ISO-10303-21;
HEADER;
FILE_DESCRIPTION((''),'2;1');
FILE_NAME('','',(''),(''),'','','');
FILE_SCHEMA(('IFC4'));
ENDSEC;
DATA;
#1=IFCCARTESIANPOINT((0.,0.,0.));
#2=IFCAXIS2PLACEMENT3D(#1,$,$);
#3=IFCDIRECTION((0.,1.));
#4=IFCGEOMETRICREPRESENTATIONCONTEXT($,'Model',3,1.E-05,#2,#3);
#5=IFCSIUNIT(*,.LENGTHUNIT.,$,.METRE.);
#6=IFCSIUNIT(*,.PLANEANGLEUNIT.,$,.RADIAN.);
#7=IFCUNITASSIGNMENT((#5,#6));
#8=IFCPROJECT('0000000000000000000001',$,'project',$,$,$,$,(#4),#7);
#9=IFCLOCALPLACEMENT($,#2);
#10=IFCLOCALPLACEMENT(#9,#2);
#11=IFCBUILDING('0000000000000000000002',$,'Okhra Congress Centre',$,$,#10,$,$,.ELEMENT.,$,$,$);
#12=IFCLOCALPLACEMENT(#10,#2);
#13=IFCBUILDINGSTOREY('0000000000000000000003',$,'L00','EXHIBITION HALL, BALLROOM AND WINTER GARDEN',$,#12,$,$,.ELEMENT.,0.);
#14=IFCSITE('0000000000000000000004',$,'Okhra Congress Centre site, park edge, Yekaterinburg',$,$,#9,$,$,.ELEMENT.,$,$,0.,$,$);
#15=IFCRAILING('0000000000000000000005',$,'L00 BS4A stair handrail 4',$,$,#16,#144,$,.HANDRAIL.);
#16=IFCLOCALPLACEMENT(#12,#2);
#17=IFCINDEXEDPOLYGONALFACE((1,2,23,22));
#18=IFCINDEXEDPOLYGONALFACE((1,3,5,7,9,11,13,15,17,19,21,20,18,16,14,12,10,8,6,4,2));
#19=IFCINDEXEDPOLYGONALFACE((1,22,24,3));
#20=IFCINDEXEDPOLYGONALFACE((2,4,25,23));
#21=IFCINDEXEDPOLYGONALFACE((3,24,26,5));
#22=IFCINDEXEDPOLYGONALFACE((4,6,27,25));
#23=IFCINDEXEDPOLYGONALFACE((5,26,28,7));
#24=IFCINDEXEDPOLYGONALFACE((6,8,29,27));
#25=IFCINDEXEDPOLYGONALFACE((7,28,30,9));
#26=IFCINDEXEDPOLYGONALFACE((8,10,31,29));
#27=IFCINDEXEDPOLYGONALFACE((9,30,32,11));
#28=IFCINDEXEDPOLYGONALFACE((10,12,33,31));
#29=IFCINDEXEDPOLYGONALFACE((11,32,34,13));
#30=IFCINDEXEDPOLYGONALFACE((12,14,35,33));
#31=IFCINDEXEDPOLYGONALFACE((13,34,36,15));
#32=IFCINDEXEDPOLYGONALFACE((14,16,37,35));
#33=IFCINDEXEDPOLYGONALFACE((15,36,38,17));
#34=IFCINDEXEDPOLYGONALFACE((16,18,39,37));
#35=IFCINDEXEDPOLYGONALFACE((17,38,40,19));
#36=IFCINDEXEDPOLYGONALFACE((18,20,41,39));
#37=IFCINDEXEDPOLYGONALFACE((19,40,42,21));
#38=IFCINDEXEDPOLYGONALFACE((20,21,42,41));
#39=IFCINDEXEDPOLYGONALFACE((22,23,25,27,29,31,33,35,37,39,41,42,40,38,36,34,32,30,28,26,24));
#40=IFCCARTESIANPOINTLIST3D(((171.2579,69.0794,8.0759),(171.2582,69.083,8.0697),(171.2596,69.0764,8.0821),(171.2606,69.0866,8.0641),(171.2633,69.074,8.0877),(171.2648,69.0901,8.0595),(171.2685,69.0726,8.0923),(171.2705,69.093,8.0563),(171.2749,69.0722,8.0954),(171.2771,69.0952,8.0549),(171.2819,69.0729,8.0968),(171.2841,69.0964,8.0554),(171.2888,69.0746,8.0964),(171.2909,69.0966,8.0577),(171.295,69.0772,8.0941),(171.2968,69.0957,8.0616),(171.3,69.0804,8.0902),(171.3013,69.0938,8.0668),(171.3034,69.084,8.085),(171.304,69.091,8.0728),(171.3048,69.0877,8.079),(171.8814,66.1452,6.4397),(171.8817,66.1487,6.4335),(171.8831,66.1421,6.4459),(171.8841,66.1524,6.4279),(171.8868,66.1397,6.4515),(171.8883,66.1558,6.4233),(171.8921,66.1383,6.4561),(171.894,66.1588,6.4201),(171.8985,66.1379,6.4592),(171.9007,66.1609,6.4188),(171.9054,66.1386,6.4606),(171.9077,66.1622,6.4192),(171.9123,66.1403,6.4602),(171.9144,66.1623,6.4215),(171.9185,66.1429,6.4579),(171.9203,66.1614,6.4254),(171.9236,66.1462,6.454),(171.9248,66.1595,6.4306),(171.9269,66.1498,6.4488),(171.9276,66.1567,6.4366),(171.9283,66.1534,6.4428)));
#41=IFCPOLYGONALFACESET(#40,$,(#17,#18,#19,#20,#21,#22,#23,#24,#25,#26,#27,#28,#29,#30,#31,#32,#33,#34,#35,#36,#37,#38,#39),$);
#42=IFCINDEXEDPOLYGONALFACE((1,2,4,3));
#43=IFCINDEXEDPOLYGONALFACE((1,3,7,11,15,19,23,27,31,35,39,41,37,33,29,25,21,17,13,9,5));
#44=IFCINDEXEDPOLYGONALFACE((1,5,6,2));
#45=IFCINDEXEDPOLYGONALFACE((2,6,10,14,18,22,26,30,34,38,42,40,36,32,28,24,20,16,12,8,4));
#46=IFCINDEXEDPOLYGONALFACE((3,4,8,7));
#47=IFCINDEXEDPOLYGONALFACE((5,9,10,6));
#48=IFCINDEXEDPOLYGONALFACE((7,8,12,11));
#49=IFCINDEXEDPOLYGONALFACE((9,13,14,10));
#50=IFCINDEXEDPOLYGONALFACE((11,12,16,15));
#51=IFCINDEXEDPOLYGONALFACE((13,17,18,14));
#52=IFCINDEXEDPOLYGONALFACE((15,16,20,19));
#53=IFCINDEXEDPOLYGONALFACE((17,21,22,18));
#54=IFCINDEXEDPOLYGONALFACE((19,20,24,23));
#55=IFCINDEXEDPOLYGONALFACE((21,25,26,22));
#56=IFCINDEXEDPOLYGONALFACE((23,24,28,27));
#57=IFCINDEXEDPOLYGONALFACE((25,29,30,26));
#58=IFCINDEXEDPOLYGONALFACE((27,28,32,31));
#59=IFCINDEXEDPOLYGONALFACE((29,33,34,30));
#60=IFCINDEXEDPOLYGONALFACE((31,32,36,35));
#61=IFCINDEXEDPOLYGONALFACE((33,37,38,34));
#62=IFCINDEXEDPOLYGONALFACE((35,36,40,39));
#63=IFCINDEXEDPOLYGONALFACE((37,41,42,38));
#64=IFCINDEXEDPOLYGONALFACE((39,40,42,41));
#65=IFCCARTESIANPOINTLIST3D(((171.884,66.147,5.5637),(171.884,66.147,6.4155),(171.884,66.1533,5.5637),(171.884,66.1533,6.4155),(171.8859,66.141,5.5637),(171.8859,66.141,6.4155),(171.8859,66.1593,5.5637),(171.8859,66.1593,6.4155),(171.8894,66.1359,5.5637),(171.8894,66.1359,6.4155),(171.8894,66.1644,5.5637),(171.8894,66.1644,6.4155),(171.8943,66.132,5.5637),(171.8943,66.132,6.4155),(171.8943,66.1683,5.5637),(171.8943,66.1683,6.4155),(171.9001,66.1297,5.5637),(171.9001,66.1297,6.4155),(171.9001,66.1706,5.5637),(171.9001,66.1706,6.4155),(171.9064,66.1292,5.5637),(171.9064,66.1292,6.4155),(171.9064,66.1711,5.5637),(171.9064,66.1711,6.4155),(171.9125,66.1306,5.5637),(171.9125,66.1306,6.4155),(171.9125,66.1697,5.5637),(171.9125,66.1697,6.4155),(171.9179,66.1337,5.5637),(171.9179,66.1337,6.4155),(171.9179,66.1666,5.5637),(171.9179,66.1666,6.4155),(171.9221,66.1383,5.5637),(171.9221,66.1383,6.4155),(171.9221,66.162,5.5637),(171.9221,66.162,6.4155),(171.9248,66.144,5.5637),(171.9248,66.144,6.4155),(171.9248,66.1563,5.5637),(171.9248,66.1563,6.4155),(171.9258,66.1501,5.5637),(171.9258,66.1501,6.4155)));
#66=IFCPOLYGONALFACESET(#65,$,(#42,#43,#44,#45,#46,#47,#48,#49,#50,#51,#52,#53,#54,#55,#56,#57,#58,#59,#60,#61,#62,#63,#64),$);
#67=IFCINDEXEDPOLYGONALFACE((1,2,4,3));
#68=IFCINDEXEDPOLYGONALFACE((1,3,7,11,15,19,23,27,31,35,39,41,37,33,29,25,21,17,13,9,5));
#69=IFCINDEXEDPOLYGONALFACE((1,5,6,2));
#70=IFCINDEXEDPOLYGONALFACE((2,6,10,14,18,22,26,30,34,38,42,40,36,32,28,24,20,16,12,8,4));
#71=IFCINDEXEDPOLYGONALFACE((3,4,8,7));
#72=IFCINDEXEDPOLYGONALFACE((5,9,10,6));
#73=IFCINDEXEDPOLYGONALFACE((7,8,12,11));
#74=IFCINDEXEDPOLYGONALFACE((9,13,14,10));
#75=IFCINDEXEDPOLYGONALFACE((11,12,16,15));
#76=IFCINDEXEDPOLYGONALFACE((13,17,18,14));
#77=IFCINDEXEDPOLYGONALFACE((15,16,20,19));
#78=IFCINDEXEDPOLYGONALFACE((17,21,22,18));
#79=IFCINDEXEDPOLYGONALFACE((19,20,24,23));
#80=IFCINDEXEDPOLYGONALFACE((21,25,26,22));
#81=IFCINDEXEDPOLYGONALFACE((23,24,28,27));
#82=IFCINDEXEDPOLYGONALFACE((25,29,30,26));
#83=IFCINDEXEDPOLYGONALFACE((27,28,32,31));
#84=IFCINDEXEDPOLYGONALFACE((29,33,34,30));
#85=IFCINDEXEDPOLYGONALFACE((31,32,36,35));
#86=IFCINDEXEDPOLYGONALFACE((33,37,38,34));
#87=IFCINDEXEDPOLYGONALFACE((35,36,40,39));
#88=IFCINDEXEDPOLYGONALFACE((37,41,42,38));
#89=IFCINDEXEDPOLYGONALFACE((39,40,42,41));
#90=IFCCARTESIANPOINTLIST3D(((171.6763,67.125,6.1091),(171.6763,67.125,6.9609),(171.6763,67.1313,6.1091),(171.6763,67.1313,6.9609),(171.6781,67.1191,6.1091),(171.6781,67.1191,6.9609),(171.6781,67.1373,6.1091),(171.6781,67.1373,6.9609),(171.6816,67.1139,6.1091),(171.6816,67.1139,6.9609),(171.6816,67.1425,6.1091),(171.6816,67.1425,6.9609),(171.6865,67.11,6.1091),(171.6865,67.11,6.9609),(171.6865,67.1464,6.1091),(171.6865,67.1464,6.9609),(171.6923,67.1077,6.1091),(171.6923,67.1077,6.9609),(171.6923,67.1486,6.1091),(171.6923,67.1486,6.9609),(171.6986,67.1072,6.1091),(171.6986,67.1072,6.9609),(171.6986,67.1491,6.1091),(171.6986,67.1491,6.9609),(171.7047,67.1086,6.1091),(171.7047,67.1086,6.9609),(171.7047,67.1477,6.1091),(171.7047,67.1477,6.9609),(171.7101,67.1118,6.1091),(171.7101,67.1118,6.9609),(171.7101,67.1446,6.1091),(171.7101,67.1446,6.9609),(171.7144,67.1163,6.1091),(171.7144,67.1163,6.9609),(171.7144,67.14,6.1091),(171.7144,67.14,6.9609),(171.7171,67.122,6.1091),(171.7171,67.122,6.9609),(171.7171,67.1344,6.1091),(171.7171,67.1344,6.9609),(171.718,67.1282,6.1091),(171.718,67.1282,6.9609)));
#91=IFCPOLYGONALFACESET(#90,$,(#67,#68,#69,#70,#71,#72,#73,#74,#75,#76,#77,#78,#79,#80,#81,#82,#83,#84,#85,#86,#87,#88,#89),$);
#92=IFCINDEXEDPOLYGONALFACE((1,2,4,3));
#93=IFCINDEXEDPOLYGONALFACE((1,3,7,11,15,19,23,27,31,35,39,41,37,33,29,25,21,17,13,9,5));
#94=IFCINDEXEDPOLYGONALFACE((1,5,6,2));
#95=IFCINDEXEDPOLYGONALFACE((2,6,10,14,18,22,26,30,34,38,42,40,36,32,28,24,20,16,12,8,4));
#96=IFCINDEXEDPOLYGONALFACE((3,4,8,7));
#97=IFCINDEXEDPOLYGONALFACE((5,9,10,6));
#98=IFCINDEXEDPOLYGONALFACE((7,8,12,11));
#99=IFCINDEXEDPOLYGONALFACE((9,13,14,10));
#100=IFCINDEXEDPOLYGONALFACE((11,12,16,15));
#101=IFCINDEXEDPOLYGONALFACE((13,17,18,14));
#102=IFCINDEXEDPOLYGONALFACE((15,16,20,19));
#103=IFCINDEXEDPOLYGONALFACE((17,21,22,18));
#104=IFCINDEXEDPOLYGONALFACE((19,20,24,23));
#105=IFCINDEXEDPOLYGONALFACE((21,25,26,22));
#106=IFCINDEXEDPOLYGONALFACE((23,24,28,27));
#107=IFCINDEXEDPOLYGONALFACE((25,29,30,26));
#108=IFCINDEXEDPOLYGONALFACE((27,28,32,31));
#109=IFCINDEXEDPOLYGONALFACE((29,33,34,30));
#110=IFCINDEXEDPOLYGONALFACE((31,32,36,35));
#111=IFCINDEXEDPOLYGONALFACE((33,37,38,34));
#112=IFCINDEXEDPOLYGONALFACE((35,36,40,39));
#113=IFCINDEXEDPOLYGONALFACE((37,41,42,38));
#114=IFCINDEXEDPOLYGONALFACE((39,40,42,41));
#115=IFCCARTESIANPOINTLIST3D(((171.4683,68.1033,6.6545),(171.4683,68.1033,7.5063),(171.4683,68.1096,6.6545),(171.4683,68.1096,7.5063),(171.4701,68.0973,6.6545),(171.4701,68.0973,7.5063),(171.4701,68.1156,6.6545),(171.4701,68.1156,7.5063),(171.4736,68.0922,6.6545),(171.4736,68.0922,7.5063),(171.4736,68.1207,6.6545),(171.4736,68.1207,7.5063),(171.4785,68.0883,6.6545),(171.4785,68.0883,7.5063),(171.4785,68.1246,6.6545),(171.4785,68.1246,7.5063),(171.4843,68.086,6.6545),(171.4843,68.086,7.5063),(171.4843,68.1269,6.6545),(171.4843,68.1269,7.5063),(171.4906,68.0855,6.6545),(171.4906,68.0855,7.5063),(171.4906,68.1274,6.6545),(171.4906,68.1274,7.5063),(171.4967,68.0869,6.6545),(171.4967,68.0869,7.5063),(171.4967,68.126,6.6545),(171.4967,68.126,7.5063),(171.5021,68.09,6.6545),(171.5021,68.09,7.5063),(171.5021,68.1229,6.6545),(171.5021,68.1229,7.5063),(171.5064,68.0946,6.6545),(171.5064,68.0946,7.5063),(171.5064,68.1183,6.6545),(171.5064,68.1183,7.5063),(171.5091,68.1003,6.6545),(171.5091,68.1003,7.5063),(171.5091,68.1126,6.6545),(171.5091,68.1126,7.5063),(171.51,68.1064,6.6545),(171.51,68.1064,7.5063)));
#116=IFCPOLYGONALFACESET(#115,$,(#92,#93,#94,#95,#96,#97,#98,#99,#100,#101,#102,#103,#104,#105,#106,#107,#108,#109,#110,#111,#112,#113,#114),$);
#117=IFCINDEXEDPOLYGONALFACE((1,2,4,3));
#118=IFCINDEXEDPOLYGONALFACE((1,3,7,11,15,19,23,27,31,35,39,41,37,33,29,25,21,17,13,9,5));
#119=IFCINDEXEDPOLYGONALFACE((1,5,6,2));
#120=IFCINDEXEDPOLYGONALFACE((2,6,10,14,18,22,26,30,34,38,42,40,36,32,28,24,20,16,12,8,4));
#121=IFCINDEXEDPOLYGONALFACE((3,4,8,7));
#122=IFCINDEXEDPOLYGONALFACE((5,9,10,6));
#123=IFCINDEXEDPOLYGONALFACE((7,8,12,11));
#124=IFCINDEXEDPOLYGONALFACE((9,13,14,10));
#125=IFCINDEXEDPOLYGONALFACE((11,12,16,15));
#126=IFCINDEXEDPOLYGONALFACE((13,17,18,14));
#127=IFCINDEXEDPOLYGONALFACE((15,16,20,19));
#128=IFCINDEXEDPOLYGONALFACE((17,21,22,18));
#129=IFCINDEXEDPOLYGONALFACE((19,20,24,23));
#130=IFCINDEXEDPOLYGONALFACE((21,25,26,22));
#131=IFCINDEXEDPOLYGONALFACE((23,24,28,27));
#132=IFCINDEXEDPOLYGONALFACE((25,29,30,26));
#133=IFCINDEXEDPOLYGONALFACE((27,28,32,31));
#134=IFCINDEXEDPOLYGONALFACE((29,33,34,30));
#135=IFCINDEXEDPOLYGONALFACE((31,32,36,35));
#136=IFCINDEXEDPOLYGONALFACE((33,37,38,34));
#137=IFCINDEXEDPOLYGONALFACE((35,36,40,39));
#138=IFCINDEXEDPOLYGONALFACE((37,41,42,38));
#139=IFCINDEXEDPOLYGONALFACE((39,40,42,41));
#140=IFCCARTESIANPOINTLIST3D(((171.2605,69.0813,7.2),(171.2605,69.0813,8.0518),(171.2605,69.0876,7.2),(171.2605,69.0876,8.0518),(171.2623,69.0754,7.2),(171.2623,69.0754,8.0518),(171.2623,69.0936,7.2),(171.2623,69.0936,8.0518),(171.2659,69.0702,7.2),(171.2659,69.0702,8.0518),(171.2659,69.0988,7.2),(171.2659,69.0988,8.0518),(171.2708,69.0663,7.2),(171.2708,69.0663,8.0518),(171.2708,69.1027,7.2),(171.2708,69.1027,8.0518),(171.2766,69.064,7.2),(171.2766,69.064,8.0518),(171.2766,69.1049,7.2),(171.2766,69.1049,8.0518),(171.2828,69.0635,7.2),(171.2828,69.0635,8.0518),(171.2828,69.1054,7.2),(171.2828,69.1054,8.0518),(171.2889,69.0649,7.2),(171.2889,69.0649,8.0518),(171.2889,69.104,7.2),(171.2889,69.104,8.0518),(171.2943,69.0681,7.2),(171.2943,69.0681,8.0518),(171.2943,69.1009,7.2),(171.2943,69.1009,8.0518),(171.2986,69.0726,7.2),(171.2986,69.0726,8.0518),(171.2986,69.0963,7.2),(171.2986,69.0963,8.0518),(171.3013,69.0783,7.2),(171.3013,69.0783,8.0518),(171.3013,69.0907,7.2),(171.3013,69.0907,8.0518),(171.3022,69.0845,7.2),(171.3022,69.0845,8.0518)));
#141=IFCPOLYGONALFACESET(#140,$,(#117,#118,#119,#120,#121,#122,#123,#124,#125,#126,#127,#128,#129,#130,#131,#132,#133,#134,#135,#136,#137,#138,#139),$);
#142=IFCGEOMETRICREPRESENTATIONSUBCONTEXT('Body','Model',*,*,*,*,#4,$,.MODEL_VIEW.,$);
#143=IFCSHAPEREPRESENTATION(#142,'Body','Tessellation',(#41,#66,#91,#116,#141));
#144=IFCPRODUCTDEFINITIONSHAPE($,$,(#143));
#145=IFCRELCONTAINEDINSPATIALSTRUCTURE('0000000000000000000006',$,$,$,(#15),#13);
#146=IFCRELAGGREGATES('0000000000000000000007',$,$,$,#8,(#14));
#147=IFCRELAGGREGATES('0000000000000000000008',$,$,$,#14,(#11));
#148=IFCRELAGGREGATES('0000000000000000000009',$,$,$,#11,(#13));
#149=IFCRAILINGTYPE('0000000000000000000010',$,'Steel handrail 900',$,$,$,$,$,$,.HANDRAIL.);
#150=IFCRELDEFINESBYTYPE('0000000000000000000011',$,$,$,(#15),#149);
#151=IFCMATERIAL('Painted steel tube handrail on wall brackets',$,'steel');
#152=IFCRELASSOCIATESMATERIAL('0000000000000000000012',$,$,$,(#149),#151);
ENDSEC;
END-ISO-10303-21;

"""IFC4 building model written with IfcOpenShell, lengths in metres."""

from ifc_helpers import new_model, si_unit, direction, frame, origin, origin_2d, place, context, subcontext, project, spatial, circle, extrude, material, type_object, element, save


model = new_model("IFC4")

# Units and contexts
model_context = context("Model", 3, precision=1e-05, world=origin(), true_north=direction((0.0, 1.0)))
body_context = subcontext(model_context, "Body", "Model", "MODEL_VIEW")
ifc_project = project(units=[si_unit("LENGTHUNIT", "METRE"), si_unit("PLANEANGLEUNIT", "RADIAN")], contexts=[model_context])

# Site, building, storey
site_placement = place(None, origin())
site = spatial("IfcSite", under=ifc_project, at=site_placement, Name="Okhra Congress Centre site, park edge, Yekaterinburg", CompositionType="ELEMENT", RefElevation=0.0)
building_placement = place(site_placement, origin())
building = spatial("IfcBuilding", under=site, at=building_placement, Name="Okhra Congress Centre", CompositionType="ELEMENT")
storey_placement = place(building_placement, origin())
storey = spatial("IfcBuildingStorey", under=building, at=storey_placement, Name="L00", Description="EXHIBITION HALL, BALLROOM AND WINTER GARDEN", CompositionType="ELEMENT", Elevation=0.0)

# Railing
ifc_material_1 = material(Name="Painted steel tube handrail on wall brackets", Category="steel")
railing_type_1 = type_object("IfcRailingType", Name="Steel handrail 900", PredefinedType="HANDRAIL", material=ifc_material_1)
railing_1_placement = place(storey_placement, frame((171.9048, 66.1501, 5.5637)))
element("IfcRailing", 1, at=railing_1_placement, inside=storey, type_object=railing_type_1, Name="L00 BS4A stair handrail 4", PredefinedType="HANDRAIL", context=body_context, shape_type="SweptSolid", body=[
    extrude(circle(Radius=0.0239, at=origin_2d()), frame((0.0, 0.0, 0.876), z_axis=(-0.182477, 0.858728, 0.478841), x_axis=(-0.978159, -0.207856, 0.0)), (0.0, 0.0, 1.0), 3.417),
    extrude(circle(Radius=0.021, at=origin_2d()), origin(), (0.0, 0.0, 1.0), 0.8518),
    extrude(circle(Radius=0.021, at=origin_2d()), frame((-0.2078, 0.978, 0.5454)), (0.0, 0.0, 1.0), 0.8518),
    extrude(circle(Radius=0.021, at=origin_2d()), frame((-0.4158, 1.9563, 1.0908)), (0.0, 0.0, 1.0), 0.8518),
    extrude(circle(Radius=0.021, at=origin_2d()), frame((-0.6235, 2.9343, 1.6362)), (0.0, 0.0, 1.0), 0.8518),
])

save(model, "model.ifc")
